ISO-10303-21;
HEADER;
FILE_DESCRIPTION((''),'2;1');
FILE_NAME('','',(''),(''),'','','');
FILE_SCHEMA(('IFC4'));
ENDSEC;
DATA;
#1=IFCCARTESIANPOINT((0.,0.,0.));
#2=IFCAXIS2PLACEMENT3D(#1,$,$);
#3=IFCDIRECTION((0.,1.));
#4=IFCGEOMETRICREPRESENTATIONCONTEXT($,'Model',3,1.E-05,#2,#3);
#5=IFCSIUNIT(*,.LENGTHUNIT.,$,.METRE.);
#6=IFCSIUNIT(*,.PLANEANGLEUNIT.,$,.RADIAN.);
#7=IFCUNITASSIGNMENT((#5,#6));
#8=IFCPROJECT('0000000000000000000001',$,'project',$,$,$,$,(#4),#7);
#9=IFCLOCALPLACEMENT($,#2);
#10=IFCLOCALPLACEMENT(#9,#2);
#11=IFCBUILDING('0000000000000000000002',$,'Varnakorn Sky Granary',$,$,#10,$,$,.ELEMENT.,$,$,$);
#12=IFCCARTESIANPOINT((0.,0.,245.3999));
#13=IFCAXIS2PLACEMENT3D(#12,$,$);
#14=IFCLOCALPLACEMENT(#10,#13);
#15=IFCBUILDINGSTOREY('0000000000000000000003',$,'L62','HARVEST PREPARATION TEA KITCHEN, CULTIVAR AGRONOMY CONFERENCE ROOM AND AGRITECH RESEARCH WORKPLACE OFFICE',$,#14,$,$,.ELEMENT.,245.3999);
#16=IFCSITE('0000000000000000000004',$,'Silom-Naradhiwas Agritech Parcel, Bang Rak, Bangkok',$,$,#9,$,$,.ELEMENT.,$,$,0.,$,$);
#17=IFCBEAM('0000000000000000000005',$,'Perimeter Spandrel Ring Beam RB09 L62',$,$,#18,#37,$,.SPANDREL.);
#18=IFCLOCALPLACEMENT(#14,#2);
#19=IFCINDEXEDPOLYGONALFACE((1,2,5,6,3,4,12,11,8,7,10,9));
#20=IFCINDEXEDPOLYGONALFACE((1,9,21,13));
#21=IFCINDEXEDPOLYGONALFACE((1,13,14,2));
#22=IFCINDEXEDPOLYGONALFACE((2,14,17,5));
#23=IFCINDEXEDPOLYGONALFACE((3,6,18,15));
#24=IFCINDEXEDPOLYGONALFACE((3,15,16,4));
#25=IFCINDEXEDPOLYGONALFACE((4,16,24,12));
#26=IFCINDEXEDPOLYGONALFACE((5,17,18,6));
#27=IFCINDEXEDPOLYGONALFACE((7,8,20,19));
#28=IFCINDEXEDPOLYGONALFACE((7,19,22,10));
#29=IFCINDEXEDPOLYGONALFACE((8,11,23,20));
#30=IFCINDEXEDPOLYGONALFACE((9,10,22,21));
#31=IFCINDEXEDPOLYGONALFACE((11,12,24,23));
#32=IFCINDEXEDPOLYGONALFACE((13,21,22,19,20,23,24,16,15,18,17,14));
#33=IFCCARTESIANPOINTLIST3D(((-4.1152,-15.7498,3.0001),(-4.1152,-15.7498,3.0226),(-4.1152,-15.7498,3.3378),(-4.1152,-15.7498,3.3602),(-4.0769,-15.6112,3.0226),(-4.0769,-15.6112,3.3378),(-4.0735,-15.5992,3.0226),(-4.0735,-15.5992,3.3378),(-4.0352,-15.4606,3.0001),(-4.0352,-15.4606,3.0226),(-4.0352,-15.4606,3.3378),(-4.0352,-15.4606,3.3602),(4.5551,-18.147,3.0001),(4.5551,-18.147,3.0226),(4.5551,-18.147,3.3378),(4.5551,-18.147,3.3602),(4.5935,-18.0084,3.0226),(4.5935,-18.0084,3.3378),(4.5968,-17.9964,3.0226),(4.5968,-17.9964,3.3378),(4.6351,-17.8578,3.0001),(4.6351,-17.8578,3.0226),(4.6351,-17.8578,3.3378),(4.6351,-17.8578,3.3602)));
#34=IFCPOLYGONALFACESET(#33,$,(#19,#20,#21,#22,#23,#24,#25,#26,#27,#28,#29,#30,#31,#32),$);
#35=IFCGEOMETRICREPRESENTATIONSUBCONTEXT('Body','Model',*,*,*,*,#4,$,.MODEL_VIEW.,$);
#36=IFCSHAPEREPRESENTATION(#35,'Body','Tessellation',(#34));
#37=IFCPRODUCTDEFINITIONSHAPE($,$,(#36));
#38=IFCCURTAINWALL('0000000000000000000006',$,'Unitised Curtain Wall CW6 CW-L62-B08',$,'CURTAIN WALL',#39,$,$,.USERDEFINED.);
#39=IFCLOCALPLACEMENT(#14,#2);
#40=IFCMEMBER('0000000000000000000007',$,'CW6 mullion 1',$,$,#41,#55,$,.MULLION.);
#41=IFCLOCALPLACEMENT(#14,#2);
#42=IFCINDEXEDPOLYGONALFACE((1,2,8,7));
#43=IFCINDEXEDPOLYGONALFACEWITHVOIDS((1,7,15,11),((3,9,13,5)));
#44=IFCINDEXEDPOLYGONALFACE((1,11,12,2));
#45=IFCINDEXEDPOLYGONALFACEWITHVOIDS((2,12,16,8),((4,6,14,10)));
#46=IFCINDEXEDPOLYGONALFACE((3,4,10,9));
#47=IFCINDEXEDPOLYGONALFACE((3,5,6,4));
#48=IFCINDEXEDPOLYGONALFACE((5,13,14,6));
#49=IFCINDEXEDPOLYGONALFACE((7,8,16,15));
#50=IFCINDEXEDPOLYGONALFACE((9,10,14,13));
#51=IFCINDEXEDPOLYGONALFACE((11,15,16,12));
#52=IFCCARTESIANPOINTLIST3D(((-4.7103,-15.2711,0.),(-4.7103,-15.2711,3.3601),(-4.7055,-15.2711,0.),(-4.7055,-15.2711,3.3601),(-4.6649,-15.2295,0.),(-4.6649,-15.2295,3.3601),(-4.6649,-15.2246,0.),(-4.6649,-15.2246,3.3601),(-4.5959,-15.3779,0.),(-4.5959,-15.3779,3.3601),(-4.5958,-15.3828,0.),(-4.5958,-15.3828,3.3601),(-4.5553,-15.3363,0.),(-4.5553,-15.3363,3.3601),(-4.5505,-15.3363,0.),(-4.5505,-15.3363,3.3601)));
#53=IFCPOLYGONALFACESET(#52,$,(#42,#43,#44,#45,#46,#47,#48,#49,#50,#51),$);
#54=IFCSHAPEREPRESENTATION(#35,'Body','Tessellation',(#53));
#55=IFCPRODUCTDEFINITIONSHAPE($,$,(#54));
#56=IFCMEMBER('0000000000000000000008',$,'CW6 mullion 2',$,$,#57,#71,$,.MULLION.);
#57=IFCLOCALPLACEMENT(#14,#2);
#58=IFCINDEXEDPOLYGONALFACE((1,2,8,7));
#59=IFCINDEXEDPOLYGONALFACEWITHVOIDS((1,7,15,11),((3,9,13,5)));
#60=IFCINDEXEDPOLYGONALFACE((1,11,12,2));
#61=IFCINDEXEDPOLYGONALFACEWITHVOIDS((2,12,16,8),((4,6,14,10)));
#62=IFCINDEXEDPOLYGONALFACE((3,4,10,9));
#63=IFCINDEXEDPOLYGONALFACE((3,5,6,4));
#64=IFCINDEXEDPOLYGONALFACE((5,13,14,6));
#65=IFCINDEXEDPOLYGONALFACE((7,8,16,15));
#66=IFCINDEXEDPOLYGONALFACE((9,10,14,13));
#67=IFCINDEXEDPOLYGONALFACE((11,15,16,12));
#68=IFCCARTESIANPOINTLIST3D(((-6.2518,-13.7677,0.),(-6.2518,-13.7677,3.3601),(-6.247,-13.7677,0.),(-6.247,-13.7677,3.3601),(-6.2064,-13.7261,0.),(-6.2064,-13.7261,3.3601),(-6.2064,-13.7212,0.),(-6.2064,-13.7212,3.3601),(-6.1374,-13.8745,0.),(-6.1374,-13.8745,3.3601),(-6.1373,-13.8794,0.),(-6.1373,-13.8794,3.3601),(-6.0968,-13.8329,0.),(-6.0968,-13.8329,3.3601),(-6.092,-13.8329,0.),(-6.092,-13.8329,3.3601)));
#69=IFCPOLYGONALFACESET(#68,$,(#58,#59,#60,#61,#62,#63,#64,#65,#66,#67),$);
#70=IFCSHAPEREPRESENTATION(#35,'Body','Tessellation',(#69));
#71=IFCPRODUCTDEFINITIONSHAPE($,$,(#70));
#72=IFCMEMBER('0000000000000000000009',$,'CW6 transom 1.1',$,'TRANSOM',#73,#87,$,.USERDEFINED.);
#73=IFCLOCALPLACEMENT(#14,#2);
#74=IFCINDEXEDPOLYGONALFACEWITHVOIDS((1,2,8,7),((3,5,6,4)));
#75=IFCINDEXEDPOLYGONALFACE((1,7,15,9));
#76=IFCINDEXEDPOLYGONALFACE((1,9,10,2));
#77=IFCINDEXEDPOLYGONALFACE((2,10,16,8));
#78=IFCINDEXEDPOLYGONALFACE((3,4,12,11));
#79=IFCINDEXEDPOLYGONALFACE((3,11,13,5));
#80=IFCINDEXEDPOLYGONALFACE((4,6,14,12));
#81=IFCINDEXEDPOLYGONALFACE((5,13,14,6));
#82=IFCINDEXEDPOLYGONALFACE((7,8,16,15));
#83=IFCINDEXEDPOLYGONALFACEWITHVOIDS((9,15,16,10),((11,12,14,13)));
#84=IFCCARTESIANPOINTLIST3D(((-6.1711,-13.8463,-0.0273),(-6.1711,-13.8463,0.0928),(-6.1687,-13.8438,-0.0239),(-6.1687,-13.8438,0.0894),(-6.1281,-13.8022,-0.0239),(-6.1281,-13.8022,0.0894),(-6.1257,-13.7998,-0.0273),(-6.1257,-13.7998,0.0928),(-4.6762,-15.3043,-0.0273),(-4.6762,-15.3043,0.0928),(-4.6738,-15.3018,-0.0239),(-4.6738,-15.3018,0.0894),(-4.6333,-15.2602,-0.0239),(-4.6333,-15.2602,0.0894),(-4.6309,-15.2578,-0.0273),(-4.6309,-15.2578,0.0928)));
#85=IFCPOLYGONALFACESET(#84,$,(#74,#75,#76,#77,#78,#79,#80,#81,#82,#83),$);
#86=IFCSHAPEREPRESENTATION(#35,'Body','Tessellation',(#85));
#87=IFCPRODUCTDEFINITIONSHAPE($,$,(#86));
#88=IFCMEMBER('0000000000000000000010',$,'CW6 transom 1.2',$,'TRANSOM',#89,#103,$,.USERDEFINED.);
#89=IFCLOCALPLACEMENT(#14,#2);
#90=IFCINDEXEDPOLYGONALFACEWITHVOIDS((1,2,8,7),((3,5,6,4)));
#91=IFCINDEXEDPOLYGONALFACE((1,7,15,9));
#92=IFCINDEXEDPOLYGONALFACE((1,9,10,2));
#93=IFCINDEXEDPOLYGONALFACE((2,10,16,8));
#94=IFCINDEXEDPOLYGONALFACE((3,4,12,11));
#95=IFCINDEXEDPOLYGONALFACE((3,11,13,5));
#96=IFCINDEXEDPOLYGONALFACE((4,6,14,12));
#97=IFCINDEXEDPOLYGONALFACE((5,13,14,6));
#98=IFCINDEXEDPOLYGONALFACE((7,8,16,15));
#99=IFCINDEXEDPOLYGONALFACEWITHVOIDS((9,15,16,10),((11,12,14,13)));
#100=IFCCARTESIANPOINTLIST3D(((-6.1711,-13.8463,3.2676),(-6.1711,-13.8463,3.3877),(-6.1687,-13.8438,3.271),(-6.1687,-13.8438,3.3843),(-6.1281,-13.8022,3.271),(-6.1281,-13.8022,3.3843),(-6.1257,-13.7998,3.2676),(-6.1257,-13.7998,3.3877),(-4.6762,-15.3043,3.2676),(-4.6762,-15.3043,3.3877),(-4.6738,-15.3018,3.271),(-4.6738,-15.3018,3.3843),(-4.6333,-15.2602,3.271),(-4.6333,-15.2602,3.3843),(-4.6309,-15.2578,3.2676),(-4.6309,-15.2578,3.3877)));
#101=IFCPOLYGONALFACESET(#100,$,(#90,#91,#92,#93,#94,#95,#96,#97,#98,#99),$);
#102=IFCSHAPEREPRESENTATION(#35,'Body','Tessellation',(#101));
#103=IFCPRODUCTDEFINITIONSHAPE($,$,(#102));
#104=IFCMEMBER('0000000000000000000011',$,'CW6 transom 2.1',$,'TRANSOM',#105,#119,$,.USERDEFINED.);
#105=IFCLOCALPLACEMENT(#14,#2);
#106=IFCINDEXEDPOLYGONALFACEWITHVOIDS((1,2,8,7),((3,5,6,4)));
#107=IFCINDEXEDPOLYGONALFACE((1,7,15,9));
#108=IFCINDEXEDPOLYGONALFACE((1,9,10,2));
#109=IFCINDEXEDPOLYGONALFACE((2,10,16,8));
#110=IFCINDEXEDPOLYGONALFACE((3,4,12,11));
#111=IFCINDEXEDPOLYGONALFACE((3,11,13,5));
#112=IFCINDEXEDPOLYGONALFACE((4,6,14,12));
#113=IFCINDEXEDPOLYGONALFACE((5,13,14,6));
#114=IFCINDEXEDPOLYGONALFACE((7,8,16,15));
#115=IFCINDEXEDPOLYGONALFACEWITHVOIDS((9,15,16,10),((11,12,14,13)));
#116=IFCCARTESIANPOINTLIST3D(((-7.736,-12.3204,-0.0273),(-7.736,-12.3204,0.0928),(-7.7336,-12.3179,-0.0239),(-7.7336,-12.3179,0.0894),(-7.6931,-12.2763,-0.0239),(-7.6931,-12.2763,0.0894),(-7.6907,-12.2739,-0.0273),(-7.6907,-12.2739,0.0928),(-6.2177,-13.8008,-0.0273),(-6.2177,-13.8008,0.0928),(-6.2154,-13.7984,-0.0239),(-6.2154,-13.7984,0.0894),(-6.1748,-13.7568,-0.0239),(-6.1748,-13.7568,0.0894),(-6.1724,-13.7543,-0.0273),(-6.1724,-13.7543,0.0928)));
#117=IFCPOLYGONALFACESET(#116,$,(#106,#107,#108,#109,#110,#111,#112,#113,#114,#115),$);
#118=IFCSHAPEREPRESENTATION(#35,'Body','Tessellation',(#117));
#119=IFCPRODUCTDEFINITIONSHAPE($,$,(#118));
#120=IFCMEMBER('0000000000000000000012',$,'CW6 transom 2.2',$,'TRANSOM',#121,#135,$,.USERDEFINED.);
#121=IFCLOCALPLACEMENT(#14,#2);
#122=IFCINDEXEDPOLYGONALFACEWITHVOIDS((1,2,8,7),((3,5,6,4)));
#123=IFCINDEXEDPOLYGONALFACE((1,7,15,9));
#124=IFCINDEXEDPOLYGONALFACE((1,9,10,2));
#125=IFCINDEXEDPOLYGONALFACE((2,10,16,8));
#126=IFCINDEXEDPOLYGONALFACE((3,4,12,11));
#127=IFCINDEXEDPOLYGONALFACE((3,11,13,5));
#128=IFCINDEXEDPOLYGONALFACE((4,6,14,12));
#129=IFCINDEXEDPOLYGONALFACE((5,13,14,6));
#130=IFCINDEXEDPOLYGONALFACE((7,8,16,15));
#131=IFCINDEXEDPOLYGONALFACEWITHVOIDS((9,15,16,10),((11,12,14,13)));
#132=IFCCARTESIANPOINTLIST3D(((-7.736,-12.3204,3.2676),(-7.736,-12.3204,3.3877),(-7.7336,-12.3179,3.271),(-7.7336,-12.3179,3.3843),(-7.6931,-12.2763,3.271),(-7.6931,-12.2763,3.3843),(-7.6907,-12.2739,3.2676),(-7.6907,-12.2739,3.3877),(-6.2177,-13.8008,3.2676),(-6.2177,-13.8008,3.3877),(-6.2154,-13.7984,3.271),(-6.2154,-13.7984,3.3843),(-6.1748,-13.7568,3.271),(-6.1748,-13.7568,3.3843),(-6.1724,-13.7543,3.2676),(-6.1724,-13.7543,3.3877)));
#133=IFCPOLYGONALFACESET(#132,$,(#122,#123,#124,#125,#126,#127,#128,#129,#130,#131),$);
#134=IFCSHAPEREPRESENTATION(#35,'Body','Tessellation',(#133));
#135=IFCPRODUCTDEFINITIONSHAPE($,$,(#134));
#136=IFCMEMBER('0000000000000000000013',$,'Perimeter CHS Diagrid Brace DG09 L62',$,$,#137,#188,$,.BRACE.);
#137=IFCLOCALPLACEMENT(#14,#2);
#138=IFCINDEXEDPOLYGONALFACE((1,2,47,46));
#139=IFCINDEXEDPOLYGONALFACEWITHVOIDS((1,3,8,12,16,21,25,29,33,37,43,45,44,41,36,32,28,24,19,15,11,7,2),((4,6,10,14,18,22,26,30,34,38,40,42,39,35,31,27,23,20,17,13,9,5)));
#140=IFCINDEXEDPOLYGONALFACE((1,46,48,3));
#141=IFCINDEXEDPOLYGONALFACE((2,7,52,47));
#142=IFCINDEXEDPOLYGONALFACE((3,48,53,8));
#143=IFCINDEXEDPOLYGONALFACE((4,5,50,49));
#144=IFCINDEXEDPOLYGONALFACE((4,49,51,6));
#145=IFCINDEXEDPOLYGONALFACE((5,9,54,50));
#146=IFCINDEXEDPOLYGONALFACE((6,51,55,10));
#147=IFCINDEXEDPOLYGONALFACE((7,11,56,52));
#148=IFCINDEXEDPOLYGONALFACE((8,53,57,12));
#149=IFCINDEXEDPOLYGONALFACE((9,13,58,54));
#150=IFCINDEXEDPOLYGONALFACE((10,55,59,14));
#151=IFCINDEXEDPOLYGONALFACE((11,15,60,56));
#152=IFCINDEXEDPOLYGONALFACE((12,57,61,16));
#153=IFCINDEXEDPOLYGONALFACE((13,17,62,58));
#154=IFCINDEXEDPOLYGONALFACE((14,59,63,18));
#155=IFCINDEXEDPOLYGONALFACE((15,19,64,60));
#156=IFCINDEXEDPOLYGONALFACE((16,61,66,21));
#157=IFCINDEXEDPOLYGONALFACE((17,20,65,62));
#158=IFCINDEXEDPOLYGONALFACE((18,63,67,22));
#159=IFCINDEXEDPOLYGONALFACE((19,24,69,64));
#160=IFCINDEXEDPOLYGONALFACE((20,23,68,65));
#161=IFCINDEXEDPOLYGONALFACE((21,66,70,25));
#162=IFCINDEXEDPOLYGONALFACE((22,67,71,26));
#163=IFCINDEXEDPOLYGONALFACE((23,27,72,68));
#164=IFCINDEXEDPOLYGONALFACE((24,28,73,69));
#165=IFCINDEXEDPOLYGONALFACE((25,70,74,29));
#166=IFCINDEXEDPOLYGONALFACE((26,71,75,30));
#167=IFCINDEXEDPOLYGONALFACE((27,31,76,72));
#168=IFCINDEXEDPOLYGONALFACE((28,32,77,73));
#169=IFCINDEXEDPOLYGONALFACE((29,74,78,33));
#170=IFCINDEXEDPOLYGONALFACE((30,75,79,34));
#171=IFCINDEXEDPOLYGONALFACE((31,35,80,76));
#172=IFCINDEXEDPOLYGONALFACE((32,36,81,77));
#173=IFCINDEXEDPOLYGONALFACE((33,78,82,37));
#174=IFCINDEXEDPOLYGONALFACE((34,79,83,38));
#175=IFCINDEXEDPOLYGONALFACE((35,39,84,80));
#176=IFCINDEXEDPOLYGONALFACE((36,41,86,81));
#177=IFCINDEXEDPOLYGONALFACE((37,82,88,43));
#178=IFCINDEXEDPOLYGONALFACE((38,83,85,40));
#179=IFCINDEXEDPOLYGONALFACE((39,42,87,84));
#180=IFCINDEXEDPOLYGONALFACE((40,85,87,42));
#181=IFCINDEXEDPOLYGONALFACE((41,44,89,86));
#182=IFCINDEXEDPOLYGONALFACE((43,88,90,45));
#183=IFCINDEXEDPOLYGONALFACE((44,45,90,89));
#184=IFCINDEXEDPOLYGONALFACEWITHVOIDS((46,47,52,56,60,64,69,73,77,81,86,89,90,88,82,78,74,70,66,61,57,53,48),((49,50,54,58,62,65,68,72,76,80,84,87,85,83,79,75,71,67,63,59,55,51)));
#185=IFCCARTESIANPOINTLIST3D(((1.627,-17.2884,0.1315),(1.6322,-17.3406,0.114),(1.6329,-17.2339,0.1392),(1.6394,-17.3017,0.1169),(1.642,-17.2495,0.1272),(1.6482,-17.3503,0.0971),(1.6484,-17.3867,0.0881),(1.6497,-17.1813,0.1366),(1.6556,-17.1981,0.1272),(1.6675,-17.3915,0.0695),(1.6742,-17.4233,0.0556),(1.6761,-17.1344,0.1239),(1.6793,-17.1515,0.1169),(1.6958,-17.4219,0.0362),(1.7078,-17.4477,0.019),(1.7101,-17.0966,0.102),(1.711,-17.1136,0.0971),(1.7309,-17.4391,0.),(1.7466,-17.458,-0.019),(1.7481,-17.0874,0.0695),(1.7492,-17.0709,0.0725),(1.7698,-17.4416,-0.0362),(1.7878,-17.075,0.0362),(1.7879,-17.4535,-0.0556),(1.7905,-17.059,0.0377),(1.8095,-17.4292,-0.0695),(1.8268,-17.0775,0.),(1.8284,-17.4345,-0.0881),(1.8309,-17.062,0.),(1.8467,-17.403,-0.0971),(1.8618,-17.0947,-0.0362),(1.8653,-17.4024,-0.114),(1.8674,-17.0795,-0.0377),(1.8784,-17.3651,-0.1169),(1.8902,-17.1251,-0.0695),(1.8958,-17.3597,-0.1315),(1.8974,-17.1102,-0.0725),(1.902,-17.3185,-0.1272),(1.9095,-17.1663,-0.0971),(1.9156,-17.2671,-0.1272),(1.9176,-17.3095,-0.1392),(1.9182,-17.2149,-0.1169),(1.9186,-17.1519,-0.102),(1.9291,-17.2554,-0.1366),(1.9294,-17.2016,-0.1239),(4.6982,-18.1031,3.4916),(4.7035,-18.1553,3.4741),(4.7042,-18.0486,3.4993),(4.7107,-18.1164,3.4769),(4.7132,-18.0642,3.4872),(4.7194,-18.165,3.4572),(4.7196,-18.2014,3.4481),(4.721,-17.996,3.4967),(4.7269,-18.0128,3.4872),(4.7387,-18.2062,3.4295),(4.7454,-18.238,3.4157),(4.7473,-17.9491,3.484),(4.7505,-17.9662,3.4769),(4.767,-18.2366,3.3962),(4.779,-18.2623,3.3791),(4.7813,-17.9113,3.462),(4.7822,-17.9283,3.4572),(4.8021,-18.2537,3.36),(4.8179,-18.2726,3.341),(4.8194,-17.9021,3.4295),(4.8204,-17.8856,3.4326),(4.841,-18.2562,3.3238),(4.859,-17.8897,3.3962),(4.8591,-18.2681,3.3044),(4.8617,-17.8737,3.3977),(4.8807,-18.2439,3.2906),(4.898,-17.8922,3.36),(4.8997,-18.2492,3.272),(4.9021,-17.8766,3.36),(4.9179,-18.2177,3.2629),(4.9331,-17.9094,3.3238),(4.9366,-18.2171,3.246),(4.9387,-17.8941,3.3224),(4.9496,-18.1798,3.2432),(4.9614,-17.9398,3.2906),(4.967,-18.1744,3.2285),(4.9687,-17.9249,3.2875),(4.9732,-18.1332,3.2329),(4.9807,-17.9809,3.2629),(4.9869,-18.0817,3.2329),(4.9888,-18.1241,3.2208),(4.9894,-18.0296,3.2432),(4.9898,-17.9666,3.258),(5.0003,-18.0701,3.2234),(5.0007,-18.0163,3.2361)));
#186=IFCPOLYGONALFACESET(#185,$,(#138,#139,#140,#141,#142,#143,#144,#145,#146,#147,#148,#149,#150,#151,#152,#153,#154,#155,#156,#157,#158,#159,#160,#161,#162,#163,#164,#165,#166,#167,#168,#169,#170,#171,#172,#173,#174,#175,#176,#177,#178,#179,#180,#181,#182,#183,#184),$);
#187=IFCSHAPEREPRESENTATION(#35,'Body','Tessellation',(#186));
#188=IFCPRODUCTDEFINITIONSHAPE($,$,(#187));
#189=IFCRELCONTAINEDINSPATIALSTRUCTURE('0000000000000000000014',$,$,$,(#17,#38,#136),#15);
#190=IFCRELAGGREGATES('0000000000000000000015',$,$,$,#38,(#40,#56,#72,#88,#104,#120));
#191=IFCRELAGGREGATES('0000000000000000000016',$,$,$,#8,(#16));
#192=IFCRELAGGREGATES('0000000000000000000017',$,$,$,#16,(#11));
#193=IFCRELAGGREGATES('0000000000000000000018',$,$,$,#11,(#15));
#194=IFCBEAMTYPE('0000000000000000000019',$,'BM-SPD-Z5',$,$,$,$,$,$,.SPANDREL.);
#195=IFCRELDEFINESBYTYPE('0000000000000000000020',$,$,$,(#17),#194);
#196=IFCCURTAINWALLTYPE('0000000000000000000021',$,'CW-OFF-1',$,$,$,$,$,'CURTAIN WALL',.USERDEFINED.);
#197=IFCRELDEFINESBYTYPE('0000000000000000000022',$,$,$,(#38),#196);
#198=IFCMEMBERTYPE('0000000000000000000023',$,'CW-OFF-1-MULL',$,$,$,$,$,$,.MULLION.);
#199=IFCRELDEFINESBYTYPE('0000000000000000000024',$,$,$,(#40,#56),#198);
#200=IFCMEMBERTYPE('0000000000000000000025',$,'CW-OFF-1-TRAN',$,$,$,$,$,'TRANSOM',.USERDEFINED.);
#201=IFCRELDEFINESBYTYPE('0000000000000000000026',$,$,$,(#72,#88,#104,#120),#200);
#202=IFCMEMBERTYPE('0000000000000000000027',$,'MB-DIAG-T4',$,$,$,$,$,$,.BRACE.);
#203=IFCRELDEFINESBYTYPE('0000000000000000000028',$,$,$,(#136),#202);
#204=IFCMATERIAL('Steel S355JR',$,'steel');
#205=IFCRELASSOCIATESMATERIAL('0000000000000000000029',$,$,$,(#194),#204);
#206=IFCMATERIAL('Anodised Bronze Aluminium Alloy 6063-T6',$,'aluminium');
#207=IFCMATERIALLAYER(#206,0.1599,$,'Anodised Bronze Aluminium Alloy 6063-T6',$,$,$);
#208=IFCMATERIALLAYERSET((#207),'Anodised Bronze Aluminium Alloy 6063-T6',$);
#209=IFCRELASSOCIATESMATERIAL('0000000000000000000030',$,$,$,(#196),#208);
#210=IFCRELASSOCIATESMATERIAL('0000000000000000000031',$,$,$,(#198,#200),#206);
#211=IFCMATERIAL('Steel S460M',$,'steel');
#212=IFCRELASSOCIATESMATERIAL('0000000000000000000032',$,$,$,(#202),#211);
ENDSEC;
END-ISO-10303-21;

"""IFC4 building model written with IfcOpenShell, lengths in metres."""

from ifc_helpers import new_model, si_unit, direction, frame, origin, origin_2d, place, context, subcontext, project, spatial, hollow_rectangle, hollow_circle, i_section, extrude, material, layer, layer_set, material_profile, profile_set, type_object, element, aggregate, save


model = new_model("IFC4")

# Units and contexts
model_context = context("Model", 3, precision=1e-05, world=origin(), true_north=direction((0.0, 1.0)))
body_context = subcontext(model_context, "Body", "Model", "MODEL_VIEW")
ifc_project = project(units=[si_unit("LENGTHUNIT", "METRE"), si_unit("PLANEANGLEUNIT", "RADIAN")], contexts=[model_context])

# Site, building, storey
site_placement = place(None, origin())
site = spatial("IfcSite", under=ifc_project, at=site_placement, Name="Silom-Naradhiwas Agritech Parcel, Bang Rak, Bangkok", CompositionType="ELEMENT", RefElevation=0.0)
building_placement = place(site_placement, origin())
building = spatial("IfcBuilding", under=site, at=building_placement, Name="Varnakorn Sky Granary", CompositionType="ELEMENT")
storey_placement = place(building_placement, frame((0.0, 0.0, 245.3999)))
storey = spatial("IfcBuildingStorey", under=building, at=storey_placement, Name="L62", Description="HARVEST PREPARATION TEA KITCHEN, CULTIVAR AGRONOMY CONFERENCE ROOM AND AGRITECH RESEARCH WORKPLACE OFFICE", CompositionType="ELEMENT", Elevation=245.3999)

# Shared definitions
ifc_material_1 = material(Name="Steel S460M", Category="steel")

# Beam
ifc_material_2 = material(Name="Steel S355JR", Category="steel")
ifc_material_profile_1 = material_profile(ifc_material_2, i_section(OverallWidth=0.3, OverallDepth=0.3601, WebThickness=0.0125, FlangeThickness=0.0225, at=origin_2d()), Name="HE 360 B")
ifc_profile_set_1 = profile_set([ifc_material_profile_1], Name="Steel S355JR")
beam_type_1 = type_object("IfcBeamType", Name="BM-SPD-Z5", PredefinedType="SPANDREL", material=ifc_profile_set_1)
beam_1_placement = place(storey_placement, frame((-4.0752, -15.6052, 3.1802), z_axis=(0.963839, -0.266485, 0.0), x_axis=(0.266485, 0.963839, 0.0)))
element("IfcBeam", 1, at=beam_1_placement, inside=storey, type_object=beam_type_1, Name="Perimeter Spandrel Ring Beam RB09 L62", PredefinedType="SPANDREL", context=body_context, shape_type="SweptSolid", body=[
    extrude(i_section(OverallWidth=0.3, OverallDepth=0.3601, WebThickness=0.0125, FlangeThickness=0.0225, at=origin_2d()), origin(), (0.0, 0.0, 1.0), 8.9956),
])

# Curtain wall, members
ifc_material_3 = material(Name="Anodised Bronze Aluminium Alloy 6063-T6", Category="aluminium")
ifc_layer_1 = layer(ifc_material_3, 0.1599, Name="Anodised Bronze Aluminium Alloy 6063-T6")
ifc_layer_set_1 = layer_set([ifc_layer_1], Name="Anodised Bronze Aluminium Alloy 6063-T6")
curtain_wall_type = type_object("IfcCurtainWallType", Name="CW-OFF-1", ElementType="CURTAIN WALL", PredefinedType="USERDEFINED", material=ifc_layer_set_1)
curtain_wall_placement = place(storey_placement, origin())
curtain_wall = element("IfcCurtainWall", 2, at=curtain_wall_placement, inside=storey, type_object=curtain_wall_type, Name="Unitised Curtain Wall CW6 CW-L62-B08", ObjectType="CURTAIN WALL", PredefinedType="USERDEFINED")
ifc_material_profile_2 = material_profile(ifc_material_3, hollow_rectangle(XDim=0.0649, YDim=0.1599, WallThickness=0.0034, at=origin_2d()), Name="ALU MULL 65x160")
ifc_profile_set_2 = profile_set([ifc_material_profile_2], Name="Anodised Bronze Aluminium Alloy 6063-T6")
member_type_1 = type_object("IfcMemberType", Name="CW-OFF-1-MULL", PredefinedType="MULLION", material=ifc_profile_set_2)
member_1_placement = place(storey_placement, frame((-4.6304, -15.3037, 0.0), z_axis=(0.0, 0.0, 1.0), x_axis=(-0.698181, -0.715922, 0.0)))
member_1 = element("IfcMember", 3, at=member_1_placement, type_object=member_type_1, Name="CW6 mullion 1", PredefinedType="MULLION", context=body_context, shape_type="SweptSolid", body=[
    extrude(hollow_rectangle(XDim=0.0649, YDim=0.1599, WallThickness=0.0034, at=origin_2d()), origin(), (0.0, 0.0, 1.0), 3.3601),
])
member_2_placement = place(storey_placement, frame((-6.1719, -13.8003, 0.0), z_axis=(0.0, 0.0, 1.0), x_axis=(-0.698181, -0.715922, 0.0)))
member_2 = element("IfcMember", 4, at=member_2_placement, type_object=member_type_1, Name="CW6 mullion 2", PredefinedType="MULLION", context=body_context, shape_type="SweptSolid", body=[
    extrude(hollow_rectangle(XDim=0.0649, YDim=0.1599, WallThickness=0.0034, at=origin_2d()), origin(), (0.0, 0.0, 1.0), 3.3601),
])
ifc_material_profile_3 = material_profile(ifc_material_3, hollow_rectangle(XDim=0.0649, YDim=0.1201, WallThickness=0.0034, at=origin_2d()), Name="ALU TRAN 65x120")
ifc_profile_set_3 = profile_set([ifc_material_profile_3], Name="Anodised Bronze Aluminium Alloy 6063-T6")
member_type_2 = type_object("IfcMemberType", Name="CW-OFF-1-TRAN", ElementType="TRANSOM", PredefinedType="USERDEFINED", material=ifc_profile_set_3)
member_3_placement = place(storey_placement, frame((-4.6536, -15.281, 0.0327), z_axis=(-0.715879, 0.698224, 0.0), x_axis=(-0.698224, -0.715879, 0.0)))
member_3 = element("IfcMember", 5, at=member_3_placement, type_object=member_type_2, Name="CW6 transom 1.1", ObjectType="TRANSOM", PredefinedType="USERDEFINED", context=body_context, shape_type="SweptSolid", body=[
    extrude(hollow_rectangle(XDim=0.0649, YDim=0.1201, WallThickness=0.0034, at=origin_2d()), origin(), (0.0, 0.0, 1.0), 2.0881),
])
member_4_placement = place(storey_placement, frame((-4.6536, -15.281, 3.3276), z_axis=(-0.715879, 0.698224, 0.0), x_axis=(-0.698224, -0.715879, 0.0)))
member_4 = element("IfcMember", 6, at=member_4_placement, type_object=member_type_2, Name="CW6 transom 1.2", ObjectType="TRANSOM", PredefinedType="USERDEFINED", context=body_context, shape_type="SweptSolid", body=[
    extrude(hollow_rectangle(XDim=0.0649, YDim=0.1201, WallThickness=0.0034, at=origin_2d()), origin(), (0.0, 0.0, 1.0), 2.0881),
])
member_5_placement = place(storey_placement, frame((-6.1951, -13.7776, 0.0327), z_axis=(-0.715973, 0.698128, 0.0), x_axis=(-0.698128, -0.715973, 0.0)))
member_5 = element("IfcMember", 7, at=member_5_placement, type_object=member_type_2, Name="CW6 transom 2.1", ObjectType="TRANSOM", PredefinedType="USERDEFINED", context=body_context, shape_type="SweptSolid", body=[
    extrude(hollow_rectangle(XDim=0.0649, YDim=0.1201, WallThickness=0.0034, at=origin_2d()), origin(), (0.0, 0.0, 1.0), 2.1206),
])
member_6_placement = place(storey_placement, frame((-6.1951, -13.7776, 3.3276), z_axis=(-0.715973, 0.698128, 0.0), x_axis=(-0.698128, -0.715973, 0.0)))
member_6 = element("IfcMember", 8, at=member_6_placement, type_object=member_type_2, Name="CW6 transom 2.2", ObjectType="TRANSOM", PredefinedType="USERDEFINED", context=body_context, shape_type="SweptSolid", body=[
    extrude(hollow_rectangle(XDim=0.0649, YDim=0.1201, WallThickness=0.0034, at=origin_2d()), origin(), (0.0, 0.0, 1.0), 2.1206),
])

# Member
ifc_material_profile_4 = material_profile(ifc_material_1, hollow_circle(Radius=0.2031, WallThickness=0.0161, at=origin_2d()), Name="CHS 406.4x16")
ifc_profile_set_4 = profile_set([ifc_material_profile_4], Name="Steel S460M")
member_type_3 = type_object("IfcMemberType", Name="MB-DIAG-T4", PredefinedType="BRACE", material=ifc_profile_set_4)
member_7_placement = place(storey_placement, frame((1.7788, -17.2583, 0.0), z_axis=(0.664121, -0.176166, 0.726573), x_axis=(0.256395, 0.966572, 0.0)))
element("IfcMember", 9, at=member_7_placement, inside=storey, type_object=member_type_3, Name="Perimeter CHS Diagrid Brace DG09 L62", PredefinedType="BRACE", context=body_context, shape_type="SweptSolid", body=[
    extrude(hollow_circle(Radius=0.2031, WallThickness=0.0161, at=origin_2d()), origin(), (0.0, 0.0, 1.0), 4.6245),
])

aggregate(curtain_wall, [member_1, member_2, member_3, member_4, member_5, member_6])

save(model, "model.ifc")
